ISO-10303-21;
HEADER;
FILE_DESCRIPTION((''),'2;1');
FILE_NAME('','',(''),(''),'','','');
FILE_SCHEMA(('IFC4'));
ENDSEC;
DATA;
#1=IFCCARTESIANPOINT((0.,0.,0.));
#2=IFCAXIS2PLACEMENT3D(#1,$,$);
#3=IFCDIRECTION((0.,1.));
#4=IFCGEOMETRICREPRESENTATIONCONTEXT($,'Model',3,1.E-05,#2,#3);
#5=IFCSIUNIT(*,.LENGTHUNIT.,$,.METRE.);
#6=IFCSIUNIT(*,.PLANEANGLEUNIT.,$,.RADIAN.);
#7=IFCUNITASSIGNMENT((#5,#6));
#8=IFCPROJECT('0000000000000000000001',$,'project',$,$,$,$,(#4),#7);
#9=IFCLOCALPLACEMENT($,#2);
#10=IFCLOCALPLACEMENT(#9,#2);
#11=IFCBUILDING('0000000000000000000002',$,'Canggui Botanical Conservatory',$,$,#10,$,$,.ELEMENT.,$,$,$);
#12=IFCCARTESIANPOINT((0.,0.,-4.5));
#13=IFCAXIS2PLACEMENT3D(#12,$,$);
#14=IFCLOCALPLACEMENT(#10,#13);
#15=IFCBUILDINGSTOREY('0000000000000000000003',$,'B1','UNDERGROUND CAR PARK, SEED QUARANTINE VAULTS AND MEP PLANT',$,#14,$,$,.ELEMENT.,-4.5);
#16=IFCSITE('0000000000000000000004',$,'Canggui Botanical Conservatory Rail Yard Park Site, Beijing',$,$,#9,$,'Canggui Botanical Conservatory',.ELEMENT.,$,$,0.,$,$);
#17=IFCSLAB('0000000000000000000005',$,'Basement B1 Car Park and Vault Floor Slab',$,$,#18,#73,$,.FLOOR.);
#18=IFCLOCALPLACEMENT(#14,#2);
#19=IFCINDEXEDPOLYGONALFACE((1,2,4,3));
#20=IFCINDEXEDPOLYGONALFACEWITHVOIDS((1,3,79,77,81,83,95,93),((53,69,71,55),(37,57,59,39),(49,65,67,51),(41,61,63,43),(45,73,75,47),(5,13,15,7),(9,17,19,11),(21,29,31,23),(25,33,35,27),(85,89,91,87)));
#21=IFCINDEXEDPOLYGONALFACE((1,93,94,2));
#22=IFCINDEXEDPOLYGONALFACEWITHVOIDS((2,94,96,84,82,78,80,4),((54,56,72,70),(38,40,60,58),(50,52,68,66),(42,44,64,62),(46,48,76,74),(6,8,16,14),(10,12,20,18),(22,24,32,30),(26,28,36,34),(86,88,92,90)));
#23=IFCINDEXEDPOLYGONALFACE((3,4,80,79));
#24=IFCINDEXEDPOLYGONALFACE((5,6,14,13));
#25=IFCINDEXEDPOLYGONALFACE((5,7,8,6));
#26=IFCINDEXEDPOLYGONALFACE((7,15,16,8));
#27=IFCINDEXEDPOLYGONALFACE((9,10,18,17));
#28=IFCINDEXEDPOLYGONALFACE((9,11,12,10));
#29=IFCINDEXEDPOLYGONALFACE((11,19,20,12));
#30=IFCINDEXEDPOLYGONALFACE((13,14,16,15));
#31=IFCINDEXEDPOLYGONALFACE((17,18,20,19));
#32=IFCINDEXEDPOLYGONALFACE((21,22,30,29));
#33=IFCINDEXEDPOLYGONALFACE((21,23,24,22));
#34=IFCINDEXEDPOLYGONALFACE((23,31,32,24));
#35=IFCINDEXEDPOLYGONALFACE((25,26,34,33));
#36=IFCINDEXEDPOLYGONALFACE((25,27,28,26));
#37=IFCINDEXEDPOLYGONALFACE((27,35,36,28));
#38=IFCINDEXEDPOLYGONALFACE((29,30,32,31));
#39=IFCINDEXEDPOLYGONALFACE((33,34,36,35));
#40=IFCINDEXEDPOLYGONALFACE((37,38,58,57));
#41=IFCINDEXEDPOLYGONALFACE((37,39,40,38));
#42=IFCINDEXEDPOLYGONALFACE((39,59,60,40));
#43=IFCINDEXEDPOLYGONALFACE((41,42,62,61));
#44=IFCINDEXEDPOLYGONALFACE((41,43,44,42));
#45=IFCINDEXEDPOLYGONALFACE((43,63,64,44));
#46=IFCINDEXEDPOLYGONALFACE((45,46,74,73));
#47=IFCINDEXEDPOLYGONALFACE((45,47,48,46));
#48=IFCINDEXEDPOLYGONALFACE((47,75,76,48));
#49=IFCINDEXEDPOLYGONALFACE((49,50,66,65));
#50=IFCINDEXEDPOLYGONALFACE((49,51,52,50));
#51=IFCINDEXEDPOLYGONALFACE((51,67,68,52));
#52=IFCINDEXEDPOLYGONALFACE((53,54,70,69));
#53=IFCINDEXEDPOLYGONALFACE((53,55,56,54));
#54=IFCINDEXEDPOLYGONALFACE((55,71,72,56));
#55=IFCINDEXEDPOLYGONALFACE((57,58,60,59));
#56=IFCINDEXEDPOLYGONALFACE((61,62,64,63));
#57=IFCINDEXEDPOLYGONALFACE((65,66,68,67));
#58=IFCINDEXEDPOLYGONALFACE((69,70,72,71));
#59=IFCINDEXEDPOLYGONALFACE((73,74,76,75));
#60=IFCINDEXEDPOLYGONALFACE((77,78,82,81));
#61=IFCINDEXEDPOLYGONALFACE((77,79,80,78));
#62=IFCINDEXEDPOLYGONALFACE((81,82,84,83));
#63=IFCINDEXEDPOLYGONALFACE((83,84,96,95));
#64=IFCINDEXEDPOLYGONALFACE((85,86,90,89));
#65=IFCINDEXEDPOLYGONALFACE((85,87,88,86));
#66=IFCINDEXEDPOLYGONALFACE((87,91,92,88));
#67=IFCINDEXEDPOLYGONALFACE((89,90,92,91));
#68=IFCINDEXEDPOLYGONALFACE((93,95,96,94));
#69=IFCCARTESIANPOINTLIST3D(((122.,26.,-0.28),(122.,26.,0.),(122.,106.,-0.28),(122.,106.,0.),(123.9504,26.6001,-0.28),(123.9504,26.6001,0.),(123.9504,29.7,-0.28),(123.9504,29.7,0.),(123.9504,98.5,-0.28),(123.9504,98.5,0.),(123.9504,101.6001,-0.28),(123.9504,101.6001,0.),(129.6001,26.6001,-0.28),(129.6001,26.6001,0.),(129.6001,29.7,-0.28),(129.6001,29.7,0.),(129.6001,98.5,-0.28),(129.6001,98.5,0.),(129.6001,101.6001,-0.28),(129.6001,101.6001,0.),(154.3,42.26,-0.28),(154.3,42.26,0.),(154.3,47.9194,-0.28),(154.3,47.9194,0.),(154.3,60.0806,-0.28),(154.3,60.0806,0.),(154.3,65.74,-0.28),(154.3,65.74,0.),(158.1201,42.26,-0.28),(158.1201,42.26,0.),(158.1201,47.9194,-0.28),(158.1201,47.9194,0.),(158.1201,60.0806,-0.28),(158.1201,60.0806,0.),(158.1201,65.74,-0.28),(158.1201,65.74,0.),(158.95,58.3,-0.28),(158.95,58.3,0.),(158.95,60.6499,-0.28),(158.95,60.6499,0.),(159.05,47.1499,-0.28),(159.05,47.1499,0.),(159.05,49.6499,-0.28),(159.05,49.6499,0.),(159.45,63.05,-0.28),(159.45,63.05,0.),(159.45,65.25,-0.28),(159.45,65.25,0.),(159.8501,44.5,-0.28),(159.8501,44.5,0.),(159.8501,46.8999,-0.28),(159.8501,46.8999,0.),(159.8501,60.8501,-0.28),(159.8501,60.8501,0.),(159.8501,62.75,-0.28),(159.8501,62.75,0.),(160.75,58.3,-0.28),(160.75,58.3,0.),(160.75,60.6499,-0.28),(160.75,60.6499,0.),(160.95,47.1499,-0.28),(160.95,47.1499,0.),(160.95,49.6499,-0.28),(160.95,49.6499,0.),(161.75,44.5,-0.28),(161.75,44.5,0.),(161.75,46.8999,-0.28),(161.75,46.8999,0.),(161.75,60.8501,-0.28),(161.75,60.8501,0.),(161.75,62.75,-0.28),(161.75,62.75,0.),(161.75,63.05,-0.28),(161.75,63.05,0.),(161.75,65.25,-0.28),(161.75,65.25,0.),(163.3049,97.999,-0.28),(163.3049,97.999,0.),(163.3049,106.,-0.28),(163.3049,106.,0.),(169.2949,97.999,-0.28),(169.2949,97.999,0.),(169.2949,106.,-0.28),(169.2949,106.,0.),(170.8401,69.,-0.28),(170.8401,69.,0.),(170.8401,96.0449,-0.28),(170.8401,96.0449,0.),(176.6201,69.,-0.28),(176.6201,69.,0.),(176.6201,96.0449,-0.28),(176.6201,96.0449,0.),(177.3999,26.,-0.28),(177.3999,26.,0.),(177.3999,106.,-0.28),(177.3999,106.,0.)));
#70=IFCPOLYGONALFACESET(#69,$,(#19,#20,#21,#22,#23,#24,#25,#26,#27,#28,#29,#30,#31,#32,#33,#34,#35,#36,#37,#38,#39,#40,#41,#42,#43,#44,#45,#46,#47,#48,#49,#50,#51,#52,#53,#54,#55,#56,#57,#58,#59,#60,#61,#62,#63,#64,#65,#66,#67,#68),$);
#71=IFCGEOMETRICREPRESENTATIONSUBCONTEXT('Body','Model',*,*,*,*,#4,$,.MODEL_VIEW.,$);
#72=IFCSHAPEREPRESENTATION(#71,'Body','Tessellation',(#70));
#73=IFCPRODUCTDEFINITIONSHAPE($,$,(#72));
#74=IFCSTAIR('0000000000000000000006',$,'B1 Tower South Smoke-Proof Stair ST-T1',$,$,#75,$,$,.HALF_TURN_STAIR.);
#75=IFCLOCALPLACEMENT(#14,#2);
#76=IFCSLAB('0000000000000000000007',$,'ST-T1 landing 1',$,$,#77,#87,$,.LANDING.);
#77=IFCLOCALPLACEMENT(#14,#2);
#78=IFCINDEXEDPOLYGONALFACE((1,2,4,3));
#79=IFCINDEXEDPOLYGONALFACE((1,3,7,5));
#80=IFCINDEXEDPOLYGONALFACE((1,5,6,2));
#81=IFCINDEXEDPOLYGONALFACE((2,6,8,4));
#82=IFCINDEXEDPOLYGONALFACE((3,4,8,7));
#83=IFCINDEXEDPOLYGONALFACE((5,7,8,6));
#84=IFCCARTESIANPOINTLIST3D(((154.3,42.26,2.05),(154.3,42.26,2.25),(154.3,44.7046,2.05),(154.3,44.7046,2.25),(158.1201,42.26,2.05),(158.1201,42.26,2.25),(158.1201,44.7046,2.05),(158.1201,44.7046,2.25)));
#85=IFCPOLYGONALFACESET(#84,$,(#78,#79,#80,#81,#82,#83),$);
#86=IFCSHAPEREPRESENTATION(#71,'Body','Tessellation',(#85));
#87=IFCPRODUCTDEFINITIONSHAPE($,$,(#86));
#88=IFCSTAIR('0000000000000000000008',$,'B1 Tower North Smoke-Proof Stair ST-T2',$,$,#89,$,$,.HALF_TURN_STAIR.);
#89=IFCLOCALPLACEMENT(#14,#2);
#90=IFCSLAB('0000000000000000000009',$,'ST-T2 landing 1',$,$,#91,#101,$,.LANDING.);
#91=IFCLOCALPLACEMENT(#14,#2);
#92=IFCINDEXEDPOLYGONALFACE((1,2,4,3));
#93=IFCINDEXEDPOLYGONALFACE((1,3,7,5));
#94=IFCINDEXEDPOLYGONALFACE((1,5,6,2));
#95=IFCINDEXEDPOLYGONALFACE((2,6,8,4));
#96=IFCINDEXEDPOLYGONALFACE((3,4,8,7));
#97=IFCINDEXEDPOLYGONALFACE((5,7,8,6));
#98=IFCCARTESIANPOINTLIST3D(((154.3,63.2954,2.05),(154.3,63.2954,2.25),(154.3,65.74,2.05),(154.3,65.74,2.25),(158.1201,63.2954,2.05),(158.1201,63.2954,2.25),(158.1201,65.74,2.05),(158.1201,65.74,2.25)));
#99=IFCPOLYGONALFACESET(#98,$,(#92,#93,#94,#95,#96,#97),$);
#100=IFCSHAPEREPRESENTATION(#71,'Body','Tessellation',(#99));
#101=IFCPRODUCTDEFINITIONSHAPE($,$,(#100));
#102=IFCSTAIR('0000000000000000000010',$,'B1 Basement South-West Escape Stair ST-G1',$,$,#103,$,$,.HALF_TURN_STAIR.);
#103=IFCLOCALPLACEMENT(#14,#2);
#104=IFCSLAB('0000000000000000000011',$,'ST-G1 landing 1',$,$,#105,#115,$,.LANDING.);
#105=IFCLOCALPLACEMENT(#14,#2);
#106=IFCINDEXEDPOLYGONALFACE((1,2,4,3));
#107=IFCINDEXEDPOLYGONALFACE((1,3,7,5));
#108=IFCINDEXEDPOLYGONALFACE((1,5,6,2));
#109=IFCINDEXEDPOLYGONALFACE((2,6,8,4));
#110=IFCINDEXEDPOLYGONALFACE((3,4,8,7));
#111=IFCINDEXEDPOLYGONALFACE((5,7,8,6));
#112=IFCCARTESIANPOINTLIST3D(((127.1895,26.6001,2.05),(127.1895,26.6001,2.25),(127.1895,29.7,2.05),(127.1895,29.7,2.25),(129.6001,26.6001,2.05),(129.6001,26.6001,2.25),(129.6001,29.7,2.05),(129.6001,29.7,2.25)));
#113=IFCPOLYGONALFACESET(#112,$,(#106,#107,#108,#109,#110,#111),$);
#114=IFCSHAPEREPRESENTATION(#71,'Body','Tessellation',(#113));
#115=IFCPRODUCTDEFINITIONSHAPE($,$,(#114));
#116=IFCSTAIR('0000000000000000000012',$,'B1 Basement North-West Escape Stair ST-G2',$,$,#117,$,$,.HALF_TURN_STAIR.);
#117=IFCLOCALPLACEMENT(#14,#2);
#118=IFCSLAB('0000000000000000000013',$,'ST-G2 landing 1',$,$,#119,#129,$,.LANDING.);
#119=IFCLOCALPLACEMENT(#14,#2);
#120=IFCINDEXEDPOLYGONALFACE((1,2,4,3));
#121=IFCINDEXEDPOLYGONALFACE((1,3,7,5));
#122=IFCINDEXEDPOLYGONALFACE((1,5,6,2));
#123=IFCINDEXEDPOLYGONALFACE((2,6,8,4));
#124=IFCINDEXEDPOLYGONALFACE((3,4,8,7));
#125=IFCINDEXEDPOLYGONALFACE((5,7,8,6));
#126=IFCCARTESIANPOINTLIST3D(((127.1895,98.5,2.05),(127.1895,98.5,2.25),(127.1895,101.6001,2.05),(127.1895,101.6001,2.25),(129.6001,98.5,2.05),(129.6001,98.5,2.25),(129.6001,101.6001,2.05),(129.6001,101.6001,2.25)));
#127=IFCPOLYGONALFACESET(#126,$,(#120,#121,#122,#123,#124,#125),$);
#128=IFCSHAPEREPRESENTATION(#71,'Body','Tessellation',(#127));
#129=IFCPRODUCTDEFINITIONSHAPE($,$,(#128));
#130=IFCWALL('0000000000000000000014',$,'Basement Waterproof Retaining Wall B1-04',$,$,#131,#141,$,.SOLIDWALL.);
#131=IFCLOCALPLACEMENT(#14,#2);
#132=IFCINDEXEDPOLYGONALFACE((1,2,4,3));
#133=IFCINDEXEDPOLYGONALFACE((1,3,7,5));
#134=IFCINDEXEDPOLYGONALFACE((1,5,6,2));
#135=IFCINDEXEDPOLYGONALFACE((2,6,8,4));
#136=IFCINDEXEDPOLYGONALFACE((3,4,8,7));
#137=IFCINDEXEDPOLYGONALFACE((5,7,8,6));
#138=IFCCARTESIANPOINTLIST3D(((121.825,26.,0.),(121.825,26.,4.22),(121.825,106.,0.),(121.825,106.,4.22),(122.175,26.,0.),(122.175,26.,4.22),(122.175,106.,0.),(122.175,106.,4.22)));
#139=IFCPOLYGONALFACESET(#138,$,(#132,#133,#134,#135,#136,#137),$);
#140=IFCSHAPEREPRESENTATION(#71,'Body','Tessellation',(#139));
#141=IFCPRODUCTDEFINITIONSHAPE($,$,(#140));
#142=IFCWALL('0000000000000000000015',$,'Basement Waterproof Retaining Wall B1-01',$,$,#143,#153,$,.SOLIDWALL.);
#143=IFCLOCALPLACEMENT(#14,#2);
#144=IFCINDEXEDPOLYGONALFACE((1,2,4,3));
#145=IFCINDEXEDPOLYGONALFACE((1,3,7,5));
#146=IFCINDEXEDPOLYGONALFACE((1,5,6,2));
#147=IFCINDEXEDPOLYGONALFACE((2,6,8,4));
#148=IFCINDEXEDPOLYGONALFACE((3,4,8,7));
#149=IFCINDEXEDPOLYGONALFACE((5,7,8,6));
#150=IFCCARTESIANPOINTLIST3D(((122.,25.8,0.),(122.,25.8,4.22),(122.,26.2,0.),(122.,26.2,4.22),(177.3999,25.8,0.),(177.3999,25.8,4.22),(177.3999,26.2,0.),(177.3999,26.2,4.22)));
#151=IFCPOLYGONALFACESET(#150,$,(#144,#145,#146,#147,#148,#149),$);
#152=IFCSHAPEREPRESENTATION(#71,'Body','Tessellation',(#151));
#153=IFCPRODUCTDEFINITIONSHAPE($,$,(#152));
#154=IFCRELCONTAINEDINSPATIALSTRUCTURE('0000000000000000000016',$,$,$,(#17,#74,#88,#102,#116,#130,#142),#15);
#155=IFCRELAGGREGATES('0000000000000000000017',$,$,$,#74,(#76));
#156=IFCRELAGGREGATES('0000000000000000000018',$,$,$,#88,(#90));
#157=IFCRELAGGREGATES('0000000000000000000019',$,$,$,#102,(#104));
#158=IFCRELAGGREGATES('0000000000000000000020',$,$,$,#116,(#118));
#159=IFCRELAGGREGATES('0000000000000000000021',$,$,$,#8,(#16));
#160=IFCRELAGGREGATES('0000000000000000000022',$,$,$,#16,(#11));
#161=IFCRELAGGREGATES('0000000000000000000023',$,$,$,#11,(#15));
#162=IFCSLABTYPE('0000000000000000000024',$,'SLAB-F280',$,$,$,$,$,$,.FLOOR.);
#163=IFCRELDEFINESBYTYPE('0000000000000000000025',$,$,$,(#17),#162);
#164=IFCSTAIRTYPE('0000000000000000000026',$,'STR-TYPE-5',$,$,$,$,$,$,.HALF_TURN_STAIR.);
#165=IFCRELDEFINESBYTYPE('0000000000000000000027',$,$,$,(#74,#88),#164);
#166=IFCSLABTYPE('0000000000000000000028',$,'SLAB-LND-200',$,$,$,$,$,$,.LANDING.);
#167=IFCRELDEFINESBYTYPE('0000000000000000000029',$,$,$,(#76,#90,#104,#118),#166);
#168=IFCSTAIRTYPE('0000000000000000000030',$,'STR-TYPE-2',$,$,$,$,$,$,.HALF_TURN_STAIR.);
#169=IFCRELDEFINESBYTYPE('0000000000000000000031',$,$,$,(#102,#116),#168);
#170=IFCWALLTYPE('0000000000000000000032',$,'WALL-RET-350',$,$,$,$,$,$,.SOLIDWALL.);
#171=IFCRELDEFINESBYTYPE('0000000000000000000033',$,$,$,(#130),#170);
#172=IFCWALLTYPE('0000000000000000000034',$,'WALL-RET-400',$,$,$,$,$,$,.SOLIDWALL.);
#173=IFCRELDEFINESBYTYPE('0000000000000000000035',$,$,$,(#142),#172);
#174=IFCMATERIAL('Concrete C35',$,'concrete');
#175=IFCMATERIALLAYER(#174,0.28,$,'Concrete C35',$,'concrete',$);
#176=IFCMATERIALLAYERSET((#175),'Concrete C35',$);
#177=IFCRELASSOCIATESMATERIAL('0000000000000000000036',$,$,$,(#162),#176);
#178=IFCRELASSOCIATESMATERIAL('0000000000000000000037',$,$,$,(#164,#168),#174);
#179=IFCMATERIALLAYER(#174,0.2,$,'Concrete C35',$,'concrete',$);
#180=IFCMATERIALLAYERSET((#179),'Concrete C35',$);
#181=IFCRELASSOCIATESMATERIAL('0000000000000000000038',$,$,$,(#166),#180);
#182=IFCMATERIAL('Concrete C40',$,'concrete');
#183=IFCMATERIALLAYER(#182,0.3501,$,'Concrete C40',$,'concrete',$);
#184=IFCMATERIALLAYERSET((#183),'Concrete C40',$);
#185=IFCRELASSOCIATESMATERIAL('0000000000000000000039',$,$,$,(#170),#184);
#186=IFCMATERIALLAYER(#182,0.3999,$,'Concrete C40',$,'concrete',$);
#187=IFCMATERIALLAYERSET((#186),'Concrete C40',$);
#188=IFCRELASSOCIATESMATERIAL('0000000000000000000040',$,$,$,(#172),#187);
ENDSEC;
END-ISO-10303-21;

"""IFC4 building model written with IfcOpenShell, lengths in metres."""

from ifc_helpers import new_model, si_unit, direction, frame, frame_2d, origin, place, context, subcontext, project, spatial, polyline, rectangle, outline, extrude, material, layer, layer_set, type_object, element, aggregate, save


model = new_model("IFC4")

# Units and contexts
model_context = context("Model", 3, precision=1e-05, world=origin(), true_north=direction((0.0, 1.0)))
body_context = subcontext(model_context, "Body", "Model", "MODEL_VIEW")
ifc_project = project(units=[si_unit("LENGTHUNIT", "METRE"), si_unit("PLANEANGLEUNIT", "RADIAN")], contexts=[model_context])

# Site, building, storey
site_placement = place(None, origin())
site = spatial("IfcSite", under=ifc_project, at=site_placement, Name="Canggui Botanical Conservatory Rail Yard Park Site, Beijing", LongName="Canggui Botanical Conservatory", CompositionType="ELEMENT", RefElevation=0.0)
building_placement = place(site_placement, origin())
building = spatial("IfcBuilding", under=site, at=building_placement, Name="Canggui Botanical Conservatory", CompositionType="ELEMENT")
storey_placement = place(building_placement, frame((0.0, 0.0, -4.5)))
storey = spatial("IfcBuildingStorey", under=building, at=storey_placement, Name="B1", Description="UNDERGROUND CAR PARK, SEED QUARANTINE VAULTS AND MEP PLANT", CompositionType="ELEMENT", Elevation=-4.5)

# Shared definitions
ifc_material_1 = material(Name="Concrete C35", Category="concrete")

# Slab
ifc_layer_1 = layer(ifc_material_1, 0.28, Name="Concrete C35", Category="concrete")
ifc_layer_set_1 = layer_set([ifc_layer_1], Name="Concrete C35")
slab_type_1 = type_object("IfcSlabType", Name="SLAB-F280", PredefinedType="FLOOR", material=ifc_layer_set_1)
slab_1_placement = place(storey_placement, frame((0.0, 0.0, -0.28)))
element("IfcSlab", 1, at=slab_1_placement, inside=storey, type_object=slab_type_1, Name="Basement B1 Car Park and Vault Floor Slab", PredefinedType="FLOOR", context=body_context, shape_type="SweptSolid", body=[
    extrude(outline(polyline([(122.0, 26.0), (177.3999, 26.0), (177.3999, 106.0), (169.2949, 106.0), (169.2949, 97.999), (163.3049, 97.999), (163.3049, 106.0), (122.0, 106.0), (122.0, 26.0)]), holes=[polyline([(154.3, 47.9194), (154.3, 42.26), (158.1201, 42.26), (158.1201, 47.9194), (154.3, 47.9194)]), polyline([(158.1201, 60.0806), (158.1201, 65.74), (154.3, 65.74), (154.3, 60.0806), (158.1201, 60.0806)]), polyline([(123.9504, 26.6001), (129.6001, 26.6001), (129.6001, 29.7), (123.9504, 29.7), (123.9504, 26.6001)]), polyline([(123.9504, 98.5), (129.6001, 98.5), (129.6001, 101.6001), (123.9504, 101.6001), (123.9504, 98.5)]), polyline([(159.05, 47.1499), (160.95, 47.1499), (160.95, 49.6499), (159.05, 49.6499), (159.05, 47.1499)]), polyline([(159.8501, 44.5), (161.75, 44.5), (161.75, 46.8999), (159.8501, 46.8999), (159.8501, 44.5)]), polyline([(158.95, 58.3), (160.75, 58.3), (160.75, 60.6499), (158.95, 60.6499), (158.95, 58.3)]), polyline([(159.8501, 60.8501), (161.75, 60.8501), (161.75, 62.75), (159.8501, 62.75), (159.8501, 60.8501)]), polyline([(159.45, 63.05), (161.75, 63.05), (161.75, 65.25), (159.45, 65.25), (159.45, 63.05)]), polyline([(170.8401, 69.0), (176.6201, 69.0), (176.6201, 96.0449), (170.8401, 96.0449), (170.8401, 69.0)])]), origin(), (0.0, 0.0, 1.0), 0.28),
])

# Stairs, slabs
stair_type_1 = type_object("IfcStairType", Name="STR-TYPE-5", PredefinedType="HALF_TURN_STAIR", material=ifc_material_1)
stair_1_placement = place(storey_placement, origin())
stair_1 = element("IfcStair", 2, at=stair_1_placement, inside=storey, type_object=stair_type_1, Name="B1 Tower South Smoke-Proof Stair ST-T1", PredefinedType="HALF_TURN_STAIR")
ifc_layer_2 = layer(ifc_material_1, 0.2, Name="Concrete C35", Category="concrete")
ifc_layer_set_2 = layer_set([ifc_layer_2], Name="Concrete C35")
slab_type_2 = type_object("IfcSlabType", Name="SLAB-LND-200", PredefinedType="LANDING", material=ifc_layer_set_2)
slab_2_placement = place(storey_placement, frame((0.0, 0.0, 2.05)))
slab_2 = element("IfcSlab", 3, at=slab_2_placement, type_object=slab_type_2, Name="ST-T1 landing 1", PredefinedType="LANDING", context=body_context, shape_type="SweptSolid", body=[
    extrude(outline(polyline([(154.3, 44.7046), (154.3, 42.26), (158.1201, 42.26), (158.1201, 44.7046), (154.3, 44.7046)])), origin(), (0.0, 0.0, 1.0), 0.2),
])
aggregate(stair_1, [slab_2])
stair_2_placement = place(storey_placement, origin())
stair_2 = element("IfcStair", 4, at=stair_2_placement, inside=storey, type_object=stair_type_1, Name="B1 Tower North Smoke-Proof Stair ST-T2", PredefinedType="HALF_TURN_STAIR")
slab_3_placement = place(storey_placement, frame((0.0, 0.0, 2.05)))
slab_3 = element("IfcSlab", 5, at=slab_3_placement, type_object=slab_type_2, Name="ST-T2 landing 1", PredefinedType="LANDING", context=body_context, shape_type="SweptSolid", body=[
    extrude(outline(polyline([(158.1201, 63.2954), (158.1201, 65.74), (154.3, 65.74), (154.3, 63.2954), (158.1201, 63.2954)])), origin(), (0.0, 0.0, 1.0), 0.2),
])
aggregate(stair_2, [slab_3])
stair_type_2 = type_object("IfcStairType", Name="STR-TYPE-2", PredefinedType="HALF_TURN_STAIR", material=ifc_material_1)
stair_3_placement = place(storey_placement, origin())
stair_3 = element("IfcStair", 6, at=stair_3_placement, inside=storey, type_object=stair_type_2, Name="B1 Basement South-West Escape Stair ST-G1", PredefinedType="HALF_TURN_STAIR")
slab_4_placement = place(storey_placement, frame((0.0, 0.0, 2.05)))
slab_4 = element("IfcSlab", 7, at=slab_4_placement, type_object=slab_type_2, Name="ST-G1 landing 1", PredefinedType="LANDING", context=body_context, shape_type="SweptSolid", body=[
    extrude(outline(polyline([(127.1895, 26.6001), (129.6001, 26.6001), (129.6001, 29.7), (127.1895, 29.7), (127.1895, 26.6001)])), origin(), (0.0, 0.0, 1.0), 0.2),
])
aggregate(stair_3, [slab_4])
stair_4_placement = place(storey_placement, origin())
stair_4 = element("IfcStair", 8, at=stair_4_placement, inside=storey, type_object=stair_type_2, Name="B1 Basement North-West Escape Stair ST-G2", PredefinedType="HALF_TURN_STAIR")
slab_5_placement = place(storey_placement, frame((0.0, 0.0, 2.05)))
slab_5 = element("IfcSlab", 9, at=slab_5_placement, type_object=slab_type_2, Name="ST-G2 landing 1", PredefinedType="LANDING", context=body_context, shape_type="SweptSolid", body=[
    extrude(outline(polyline([(127.1895, 98.5), (129.6001, 98.5), (129.6001, 101.6001), (127.1895, 101.6001), (127.1895, 98.5)])), origin(), (0.0, 0.0, 1.0), 0.2),
])
aggregate(stair_4, [slab_5])

# Walls
ifc_material_2 = material(Name="Concrete C40", Category="concrete")
ifc_layer_3 = layer(ifc_material_2, 0.3501, Name="Concrete C40", Category="concrete")
ifc_layer_set_3 = layer_set([ifc_layer_3], Name="Concrete C40")
wall_type_1 = type_object("IfcWallType", Name="WALL-RET-350", PredefinedType="SOLIDWALL", material=ifc_layer_set_3)
wall_1_placement = place(storey_placement, frame((122.0, 106.0, 0.0), z_axis=(0.0, 0.0, 1.0), x_axis=(0.0, -1.0, 0.0)))
element("IfcWall", 10, at=wall_1_placement, inside=storey, type_object=wall_type_1, Name="Basement Waterproof Retaining Wall B1-04", PredefinedType="SOLIDWALL", context=body_context, shape_type="SweptSolid", body=[
    extrude(rectangle(XDim=80.0, YDim=0.3501, at=frame_2d((40.0, 0.0))), origin(), (0.0, 0.0, 1.0), 4.22),
])
ifc_layer_4 = layer(ifc_material_2, 0.3999, Name="Concrete C40", Category="concrete")
ifc_layer_set_4 = layer_set([ifc_layer_4], Name="Concrete C40")
wall_type_2 = type_object("IfcWallType", Name="WALL-RET-400", PredefinedType="SOLIDWALL", material=ifc_layer_set_4)
wall_2_placement = place(storey_placement, frame((122.0, 26.0, 0.0), z_axis=(0.0, 0.0, 1.0), x_axis=(1.0, 0.0, 0.0)))
element("IfcWall", 11, at=wall_2_placement, inside=storey, type_object=wall_type_2, Name="Basement Waterproof Retaining Wall B1-01", PredefinedType="SOLIDWALL", context=body_context, shape_type="SweptSolid", body=[
    extrude(rectangle(XDim=55.3999, YDim=0.3999, at=frame_2d((27.7, 0.0))), origin(), (0.0, 0.0, 1.0), 4.22),
])

save(model, "model.ifc")
